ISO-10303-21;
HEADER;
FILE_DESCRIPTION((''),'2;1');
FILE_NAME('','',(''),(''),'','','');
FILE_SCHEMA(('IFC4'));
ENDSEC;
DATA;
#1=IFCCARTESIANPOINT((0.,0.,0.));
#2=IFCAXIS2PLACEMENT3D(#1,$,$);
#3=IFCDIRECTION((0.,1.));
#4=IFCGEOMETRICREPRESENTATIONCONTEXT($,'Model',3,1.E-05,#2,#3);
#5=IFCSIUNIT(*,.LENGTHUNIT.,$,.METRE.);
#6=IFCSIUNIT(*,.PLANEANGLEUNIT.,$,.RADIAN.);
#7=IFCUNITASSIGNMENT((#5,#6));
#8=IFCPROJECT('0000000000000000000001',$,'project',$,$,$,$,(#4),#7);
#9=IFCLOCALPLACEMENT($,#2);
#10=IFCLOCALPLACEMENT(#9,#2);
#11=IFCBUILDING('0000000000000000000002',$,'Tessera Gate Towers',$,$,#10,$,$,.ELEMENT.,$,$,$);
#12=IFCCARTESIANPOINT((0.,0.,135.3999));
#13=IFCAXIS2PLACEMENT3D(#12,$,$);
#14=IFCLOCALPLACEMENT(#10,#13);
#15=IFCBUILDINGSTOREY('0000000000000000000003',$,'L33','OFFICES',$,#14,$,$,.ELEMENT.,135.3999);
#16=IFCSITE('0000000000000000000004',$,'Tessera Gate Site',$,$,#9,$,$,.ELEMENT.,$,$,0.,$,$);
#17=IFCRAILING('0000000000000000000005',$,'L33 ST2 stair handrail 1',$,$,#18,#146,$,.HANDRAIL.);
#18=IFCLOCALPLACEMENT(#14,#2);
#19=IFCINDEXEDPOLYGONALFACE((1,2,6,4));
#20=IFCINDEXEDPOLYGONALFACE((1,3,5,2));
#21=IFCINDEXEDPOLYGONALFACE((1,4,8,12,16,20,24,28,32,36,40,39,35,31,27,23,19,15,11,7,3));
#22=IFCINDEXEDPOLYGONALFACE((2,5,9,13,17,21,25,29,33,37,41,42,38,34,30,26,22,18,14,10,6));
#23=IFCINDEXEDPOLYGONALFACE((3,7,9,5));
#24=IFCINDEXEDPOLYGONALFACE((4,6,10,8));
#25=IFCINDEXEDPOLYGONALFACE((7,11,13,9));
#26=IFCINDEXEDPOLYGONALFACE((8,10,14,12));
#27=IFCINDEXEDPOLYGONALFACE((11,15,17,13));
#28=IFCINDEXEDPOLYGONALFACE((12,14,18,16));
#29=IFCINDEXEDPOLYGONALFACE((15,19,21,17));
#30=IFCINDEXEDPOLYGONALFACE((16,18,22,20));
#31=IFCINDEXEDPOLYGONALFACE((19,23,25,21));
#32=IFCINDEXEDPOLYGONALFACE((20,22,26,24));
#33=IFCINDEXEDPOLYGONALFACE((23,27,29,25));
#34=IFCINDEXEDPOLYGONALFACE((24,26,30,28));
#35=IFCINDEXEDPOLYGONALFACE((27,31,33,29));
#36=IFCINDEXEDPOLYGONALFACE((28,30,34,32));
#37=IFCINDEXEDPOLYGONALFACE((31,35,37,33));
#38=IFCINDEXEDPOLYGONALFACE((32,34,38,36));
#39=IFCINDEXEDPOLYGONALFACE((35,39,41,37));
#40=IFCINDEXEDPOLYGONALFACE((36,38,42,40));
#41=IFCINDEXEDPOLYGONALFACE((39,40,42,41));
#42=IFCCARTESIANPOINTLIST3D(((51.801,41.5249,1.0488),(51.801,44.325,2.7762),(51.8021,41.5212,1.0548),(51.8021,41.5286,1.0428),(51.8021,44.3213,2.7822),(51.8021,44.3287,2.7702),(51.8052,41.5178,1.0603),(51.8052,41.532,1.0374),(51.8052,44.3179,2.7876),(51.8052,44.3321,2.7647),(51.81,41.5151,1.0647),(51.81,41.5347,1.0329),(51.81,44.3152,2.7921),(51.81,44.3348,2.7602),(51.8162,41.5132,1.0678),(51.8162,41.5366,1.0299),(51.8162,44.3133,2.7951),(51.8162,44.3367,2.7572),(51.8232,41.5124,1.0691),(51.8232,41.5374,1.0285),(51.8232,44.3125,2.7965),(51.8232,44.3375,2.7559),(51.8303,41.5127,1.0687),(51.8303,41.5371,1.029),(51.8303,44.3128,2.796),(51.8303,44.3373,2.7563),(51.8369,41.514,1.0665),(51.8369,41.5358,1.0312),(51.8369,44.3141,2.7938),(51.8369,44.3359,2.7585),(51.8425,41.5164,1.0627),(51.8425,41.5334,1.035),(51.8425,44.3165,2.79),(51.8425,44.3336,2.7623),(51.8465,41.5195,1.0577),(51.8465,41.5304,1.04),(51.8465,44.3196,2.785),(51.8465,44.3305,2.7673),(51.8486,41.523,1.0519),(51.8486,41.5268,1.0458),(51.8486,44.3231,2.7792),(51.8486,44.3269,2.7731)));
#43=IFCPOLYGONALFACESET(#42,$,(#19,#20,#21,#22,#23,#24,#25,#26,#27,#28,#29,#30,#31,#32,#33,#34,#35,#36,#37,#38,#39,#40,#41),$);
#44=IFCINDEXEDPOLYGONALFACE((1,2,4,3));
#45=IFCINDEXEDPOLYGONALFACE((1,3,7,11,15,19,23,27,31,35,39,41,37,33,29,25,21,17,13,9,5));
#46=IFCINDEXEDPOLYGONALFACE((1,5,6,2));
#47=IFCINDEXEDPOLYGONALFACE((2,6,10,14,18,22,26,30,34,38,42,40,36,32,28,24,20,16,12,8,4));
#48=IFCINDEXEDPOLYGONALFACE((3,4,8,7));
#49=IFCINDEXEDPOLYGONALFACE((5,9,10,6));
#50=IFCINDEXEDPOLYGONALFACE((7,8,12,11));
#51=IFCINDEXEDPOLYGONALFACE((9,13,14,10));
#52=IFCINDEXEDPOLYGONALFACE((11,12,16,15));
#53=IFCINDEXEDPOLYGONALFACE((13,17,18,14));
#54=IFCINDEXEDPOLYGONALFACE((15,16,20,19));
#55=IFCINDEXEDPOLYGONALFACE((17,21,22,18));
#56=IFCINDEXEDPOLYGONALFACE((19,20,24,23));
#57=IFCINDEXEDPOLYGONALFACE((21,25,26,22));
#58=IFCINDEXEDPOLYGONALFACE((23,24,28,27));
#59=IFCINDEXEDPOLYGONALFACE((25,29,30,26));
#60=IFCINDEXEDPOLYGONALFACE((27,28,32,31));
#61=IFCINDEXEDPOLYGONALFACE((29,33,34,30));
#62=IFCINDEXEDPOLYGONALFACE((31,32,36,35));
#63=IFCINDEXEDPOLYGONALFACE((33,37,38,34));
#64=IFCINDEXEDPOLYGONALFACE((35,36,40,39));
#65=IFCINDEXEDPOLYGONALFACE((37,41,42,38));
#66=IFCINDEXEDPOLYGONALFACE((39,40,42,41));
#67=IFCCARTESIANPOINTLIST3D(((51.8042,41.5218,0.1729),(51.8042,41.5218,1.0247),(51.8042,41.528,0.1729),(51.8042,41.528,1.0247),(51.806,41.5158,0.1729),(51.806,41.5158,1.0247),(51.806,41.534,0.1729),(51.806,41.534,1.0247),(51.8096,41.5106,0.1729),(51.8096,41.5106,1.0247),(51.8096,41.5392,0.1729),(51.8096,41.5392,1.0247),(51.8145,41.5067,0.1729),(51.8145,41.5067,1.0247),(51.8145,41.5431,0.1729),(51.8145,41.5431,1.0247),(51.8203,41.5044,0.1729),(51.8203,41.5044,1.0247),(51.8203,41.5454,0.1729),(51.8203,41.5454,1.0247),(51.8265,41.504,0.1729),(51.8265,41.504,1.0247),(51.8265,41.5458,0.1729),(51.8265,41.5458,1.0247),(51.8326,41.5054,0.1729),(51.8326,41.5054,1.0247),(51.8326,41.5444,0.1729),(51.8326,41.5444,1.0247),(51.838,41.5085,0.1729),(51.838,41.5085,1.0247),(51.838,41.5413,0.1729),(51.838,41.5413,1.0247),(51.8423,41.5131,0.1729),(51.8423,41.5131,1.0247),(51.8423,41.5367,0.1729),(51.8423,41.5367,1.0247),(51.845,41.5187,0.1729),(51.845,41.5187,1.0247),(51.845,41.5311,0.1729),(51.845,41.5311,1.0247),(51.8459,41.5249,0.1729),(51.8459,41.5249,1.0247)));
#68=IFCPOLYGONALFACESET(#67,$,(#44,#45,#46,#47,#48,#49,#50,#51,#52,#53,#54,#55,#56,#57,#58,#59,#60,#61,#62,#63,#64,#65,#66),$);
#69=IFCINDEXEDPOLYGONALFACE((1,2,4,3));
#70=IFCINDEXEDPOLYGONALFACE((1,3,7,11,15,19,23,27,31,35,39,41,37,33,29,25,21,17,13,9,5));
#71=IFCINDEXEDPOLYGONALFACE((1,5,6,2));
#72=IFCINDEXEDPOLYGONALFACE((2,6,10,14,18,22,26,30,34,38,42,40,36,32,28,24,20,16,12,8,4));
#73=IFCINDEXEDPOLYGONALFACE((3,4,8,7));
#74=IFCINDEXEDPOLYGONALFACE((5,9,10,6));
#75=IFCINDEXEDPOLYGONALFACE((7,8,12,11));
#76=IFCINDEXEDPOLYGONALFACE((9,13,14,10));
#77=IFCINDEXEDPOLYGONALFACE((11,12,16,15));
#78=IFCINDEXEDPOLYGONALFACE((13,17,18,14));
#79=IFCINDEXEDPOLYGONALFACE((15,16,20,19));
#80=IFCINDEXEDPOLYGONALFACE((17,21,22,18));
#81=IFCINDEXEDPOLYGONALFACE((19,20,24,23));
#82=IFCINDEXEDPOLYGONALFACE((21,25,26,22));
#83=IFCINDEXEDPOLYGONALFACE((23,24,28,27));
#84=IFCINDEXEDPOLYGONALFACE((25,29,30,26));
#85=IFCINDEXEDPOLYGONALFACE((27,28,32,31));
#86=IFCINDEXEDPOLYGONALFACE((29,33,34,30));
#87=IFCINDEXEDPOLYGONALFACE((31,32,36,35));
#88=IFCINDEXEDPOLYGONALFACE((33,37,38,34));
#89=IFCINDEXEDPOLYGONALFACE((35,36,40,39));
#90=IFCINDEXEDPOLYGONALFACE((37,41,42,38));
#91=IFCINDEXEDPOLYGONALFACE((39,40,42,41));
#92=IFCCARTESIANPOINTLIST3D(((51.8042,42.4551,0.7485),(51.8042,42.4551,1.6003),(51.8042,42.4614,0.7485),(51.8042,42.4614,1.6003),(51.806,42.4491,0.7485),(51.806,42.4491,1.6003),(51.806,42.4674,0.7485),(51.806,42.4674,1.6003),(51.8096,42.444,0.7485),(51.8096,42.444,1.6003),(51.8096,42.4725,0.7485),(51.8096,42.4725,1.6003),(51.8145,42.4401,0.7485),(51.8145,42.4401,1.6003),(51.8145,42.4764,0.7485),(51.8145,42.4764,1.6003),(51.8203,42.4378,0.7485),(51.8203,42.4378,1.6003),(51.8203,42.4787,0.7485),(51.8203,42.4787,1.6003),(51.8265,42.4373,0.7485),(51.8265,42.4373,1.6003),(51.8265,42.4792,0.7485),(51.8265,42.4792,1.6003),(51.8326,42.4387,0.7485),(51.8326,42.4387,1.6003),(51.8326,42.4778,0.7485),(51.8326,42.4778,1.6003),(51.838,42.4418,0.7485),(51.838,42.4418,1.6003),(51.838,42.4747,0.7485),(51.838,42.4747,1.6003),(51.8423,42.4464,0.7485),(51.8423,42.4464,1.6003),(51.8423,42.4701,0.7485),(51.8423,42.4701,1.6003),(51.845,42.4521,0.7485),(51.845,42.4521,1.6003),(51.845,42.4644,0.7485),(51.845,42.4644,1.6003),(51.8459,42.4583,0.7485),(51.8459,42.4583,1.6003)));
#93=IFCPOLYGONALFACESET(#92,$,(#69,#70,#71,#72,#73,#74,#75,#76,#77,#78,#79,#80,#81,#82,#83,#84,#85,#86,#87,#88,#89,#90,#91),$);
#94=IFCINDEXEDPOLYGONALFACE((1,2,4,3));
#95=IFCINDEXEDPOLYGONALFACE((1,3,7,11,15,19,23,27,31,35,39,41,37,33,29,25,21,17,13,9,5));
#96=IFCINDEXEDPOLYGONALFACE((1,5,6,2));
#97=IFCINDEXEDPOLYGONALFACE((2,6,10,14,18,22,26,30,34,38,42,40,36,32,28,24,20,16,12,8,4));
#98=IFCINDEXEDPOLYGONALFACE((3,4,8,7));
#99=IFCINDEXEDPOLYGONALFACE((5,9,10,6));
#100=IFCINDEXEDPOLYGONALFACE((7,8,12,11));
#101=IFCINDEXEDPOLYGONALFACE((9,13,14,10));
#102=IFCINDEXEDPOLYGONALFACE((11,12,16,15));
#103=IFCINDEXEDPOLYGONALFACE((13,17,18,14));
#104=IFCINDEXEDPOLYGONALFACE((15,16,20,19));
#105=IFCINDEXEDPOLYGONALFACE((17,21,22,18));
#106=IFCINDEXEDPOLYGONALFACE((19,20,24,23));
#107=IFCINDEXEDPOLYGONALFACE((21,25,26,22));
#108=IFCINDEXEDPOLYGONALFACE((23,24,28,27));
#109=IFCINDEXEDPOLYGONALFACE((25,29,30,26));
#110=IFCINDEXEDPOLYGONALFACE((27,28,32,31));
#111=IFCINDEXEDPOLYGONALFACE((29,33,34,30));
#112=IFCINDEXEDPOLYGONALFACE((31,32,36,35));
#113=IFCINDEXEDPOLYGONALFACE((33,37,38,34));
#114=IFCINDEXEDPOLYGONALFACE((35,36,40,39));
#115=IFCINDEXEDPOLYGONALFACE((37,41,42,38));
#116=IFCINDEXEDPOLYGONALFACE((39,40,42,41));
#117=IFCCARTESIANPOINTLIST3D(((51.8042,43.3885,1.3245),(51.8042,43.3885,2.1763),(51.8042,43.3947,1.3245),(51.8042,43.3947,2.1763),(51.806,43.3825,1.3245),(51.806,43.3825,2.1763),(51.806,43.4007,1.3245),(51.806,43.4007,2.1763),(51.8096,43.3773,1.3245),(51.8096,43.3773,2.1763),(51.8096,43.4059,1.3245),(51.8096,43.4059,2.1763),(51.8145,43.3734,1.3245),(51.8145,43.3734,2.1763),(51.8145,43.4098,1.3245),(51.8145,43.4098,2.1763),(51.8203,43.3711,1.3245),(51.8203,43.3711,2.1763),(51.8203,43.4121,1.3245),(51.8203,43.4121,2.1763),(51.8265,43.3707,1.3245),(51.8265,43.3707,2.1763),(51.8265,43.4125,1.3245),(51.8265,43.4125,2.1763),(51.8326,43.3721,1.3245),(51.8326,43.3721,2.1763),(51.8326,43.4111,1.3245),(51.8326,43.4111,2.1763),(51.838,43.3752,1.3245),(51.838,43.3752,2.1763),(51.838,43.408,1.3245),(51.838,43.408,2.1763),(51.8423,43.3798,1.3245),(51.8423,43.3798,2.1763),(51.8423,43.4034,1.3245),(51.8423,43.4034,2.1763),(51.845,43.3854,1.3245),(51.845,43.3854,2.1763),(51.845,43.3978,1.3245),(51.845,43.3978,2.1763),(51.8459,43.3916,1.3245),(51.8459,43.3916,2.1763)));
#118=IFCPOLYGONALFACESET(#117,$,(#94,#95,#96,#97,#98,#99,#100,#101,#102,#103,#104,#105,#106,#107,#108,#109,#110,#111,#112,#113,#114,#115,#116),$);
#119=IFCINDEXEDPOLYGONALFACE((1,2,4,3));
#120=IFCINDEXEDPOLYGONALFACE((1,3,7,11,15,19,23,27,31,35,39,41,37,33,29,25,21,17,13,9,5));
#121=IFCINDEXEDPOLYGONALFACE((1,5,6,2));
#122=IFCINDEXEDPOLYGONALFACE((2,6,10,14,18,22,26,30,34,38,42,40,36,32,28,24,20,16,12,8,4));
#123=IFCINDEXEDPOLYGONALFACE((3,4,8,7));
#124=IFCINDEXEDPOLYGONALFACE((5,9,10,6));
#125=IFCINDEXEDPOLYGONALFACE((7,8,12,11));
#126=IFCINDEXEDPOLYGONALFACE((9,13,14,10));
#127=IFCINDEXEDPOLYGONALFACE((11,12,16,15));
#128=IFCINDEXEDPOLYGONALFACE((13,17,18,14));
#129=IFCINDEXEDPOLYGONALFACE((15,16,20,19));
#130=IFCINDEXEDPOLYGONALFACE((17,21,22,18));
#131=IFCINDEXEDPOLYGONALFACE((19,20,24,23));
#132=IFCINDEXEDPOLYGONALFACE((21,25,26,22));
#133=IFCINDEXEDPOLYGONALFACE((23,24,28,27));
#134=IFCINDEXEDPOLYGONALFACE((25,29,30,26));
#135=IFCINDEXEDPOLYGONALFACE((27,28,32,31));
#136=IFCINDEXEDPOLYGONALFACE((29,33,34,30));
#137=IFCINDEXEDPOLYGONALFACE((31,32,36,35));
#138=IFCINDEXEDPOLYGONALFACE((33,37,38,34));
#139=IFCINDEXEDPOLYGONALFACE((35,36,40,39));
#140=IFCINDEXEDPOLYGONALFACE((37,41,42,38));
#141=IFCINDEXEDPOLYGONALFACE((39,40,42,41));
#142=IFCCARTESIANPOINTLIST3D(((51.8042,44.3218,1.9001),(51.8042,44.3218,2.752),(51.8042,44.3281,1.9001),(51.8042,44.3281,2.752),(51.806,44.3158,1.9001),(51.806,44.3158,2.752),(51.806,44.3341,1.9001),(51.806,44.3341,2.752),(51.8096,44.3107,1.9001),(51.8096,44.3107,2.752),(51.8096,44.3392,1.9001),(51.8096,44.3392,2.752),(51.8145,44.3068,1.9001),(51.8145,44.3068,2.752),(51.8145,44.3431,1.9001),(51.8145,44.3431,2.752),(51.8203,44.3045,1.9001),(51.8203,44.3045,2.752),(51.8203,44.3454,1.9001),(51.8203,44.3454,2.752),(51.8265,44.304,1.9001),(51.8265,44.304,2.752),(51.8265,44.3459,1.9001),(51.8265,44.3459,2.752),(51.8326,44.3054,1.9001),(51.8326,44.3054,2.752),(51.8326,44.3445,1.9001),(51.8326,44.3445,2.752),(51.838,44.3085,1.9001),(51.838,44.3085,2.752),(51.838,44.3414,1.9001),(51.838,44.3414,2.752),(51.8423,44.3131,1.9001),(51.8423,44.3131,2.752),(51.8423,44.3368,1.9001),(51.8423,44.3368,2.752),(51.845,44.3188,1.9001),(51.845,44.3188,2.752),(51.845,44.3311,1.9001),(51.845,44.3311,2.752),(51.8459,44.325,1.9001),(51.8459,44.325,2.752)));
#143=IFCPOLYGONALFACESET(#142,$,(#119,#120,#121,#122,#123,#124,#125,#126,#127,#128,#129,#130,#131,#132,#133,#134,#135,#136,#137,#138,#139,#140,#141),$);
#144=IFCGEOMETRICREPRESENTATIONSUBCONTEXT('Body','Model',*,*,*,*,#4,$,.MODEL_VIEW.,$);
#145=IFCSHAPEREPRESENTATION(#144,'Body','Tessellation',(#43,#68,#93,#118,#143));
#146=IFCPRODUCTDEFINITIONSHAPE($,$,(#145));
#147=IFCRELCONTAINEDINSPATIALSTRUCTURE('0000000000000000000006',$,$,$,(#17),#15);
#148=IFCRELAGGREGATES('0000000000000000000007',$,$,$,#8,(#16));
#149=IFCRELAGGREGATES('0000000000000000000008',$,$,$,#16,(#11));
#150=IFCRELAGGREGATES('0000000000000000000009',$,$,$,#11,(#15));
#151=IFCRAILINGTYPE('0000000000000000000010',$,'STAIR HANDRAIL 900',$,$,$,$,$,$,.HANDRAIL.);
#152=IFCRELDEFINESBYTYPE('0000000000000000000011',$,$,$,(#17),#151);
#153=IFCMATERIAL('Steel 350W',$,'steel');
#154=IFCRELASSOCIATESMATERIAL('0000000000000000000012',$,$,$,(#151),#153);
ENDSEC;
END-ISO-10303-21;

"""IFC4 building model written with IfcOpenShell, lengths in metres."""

from ifc_helpers import new_model, si_unit, direction, frame, origin, origin_2d, place, context, subcontext, project, spatial, circle, extrude, material, type_object, element, save


model = new_model("IFC4")

# Units and contexts
model_context = context("Model", 3, precision=1e-05, world=origin(), true_north=direction((0.0, 1.0)))
body_context = subcontext(model_context, "Body", "Model", "MODEL_VIEW")
ifc_project = project(units=[si_unit("LENGTHUNIT", "METRE"), si_unit("PLANEANGLEUNIT", "RADIAN")], contexts=[model_context])

# Site, building, storey
site_placement = place(None, origin())
site = spatial("IfcSite", under=ifc_project, at=site_placement, Name="Tessera Gate Site", CompositionType="ELEMENT", RefElevation=0.0)
building_placement = place(site_placement, origin())
building = spatial("IfcBuilding", under=site, at=building_placement, Name="Tessera Gate Towers", CompositionType="ELEMENT")
storey_placement = place(building_placement, frame((0.0, 0.0, 135.3999)))
storey = spatial("IfcBuildingStorey", under=building, at=storey_placement, Name="L33", Description="OFFICES", CompositionType="ELEMENT", Elevation=135.3999)

# Railing
ifc_material_1 = material(Name="Steel 350W", Category="steel")
railing_type_1 = type_object("IfcRailingType", Name="STAIR HANDRAIL 900", PredefinedType="HANDRAIL", material=ifc_material_1)
railing_1_placement = place(storey_placement, frame((51.825, 41.5249, 0.1729)))
element("IfcRailing", 1, at=railing_1_placement, inside=storey, type_object=railing_type_1, Name="L33 ST2 stair handrail 1", PredefinedType="HANDRAIL", context=body_context, shape_type="SweptSolid", body=[
    extrude(circle(Radius=0.0239, at=origin_2d()), frame((0.0, 0.0, 0.876), z_axis=(0.0, 0.85109, 0.52502), x_axis=(-1.0, 0.0, 0.0)), (0.0, 0.0, 1.0), 3.29),
    extrude(circle(Radius=0.021, at=origin_2d()), origin(), (0.0, 0.0, 1.0), 0.8518),
    extrude(circle(Radius=0.021, at=origin_2d()), frame((0.0, 0.9333, 0.5757)), (0.0, 0.0, 1.0), 0.8518),
    extrude(circle(Radius=0.021, at=origin_2d()), frame((0.0, 1.8667, 1.1516)), (0.0, 0.0, 1.0), 0.8518),
    extrude(circle(Radius=0.021, at=origin_2d()), frame((0.0, 2.8, 1.7273)), (0.0, 0.0, 1.0), 0.8518),
])

save(model, "model.ifc")
